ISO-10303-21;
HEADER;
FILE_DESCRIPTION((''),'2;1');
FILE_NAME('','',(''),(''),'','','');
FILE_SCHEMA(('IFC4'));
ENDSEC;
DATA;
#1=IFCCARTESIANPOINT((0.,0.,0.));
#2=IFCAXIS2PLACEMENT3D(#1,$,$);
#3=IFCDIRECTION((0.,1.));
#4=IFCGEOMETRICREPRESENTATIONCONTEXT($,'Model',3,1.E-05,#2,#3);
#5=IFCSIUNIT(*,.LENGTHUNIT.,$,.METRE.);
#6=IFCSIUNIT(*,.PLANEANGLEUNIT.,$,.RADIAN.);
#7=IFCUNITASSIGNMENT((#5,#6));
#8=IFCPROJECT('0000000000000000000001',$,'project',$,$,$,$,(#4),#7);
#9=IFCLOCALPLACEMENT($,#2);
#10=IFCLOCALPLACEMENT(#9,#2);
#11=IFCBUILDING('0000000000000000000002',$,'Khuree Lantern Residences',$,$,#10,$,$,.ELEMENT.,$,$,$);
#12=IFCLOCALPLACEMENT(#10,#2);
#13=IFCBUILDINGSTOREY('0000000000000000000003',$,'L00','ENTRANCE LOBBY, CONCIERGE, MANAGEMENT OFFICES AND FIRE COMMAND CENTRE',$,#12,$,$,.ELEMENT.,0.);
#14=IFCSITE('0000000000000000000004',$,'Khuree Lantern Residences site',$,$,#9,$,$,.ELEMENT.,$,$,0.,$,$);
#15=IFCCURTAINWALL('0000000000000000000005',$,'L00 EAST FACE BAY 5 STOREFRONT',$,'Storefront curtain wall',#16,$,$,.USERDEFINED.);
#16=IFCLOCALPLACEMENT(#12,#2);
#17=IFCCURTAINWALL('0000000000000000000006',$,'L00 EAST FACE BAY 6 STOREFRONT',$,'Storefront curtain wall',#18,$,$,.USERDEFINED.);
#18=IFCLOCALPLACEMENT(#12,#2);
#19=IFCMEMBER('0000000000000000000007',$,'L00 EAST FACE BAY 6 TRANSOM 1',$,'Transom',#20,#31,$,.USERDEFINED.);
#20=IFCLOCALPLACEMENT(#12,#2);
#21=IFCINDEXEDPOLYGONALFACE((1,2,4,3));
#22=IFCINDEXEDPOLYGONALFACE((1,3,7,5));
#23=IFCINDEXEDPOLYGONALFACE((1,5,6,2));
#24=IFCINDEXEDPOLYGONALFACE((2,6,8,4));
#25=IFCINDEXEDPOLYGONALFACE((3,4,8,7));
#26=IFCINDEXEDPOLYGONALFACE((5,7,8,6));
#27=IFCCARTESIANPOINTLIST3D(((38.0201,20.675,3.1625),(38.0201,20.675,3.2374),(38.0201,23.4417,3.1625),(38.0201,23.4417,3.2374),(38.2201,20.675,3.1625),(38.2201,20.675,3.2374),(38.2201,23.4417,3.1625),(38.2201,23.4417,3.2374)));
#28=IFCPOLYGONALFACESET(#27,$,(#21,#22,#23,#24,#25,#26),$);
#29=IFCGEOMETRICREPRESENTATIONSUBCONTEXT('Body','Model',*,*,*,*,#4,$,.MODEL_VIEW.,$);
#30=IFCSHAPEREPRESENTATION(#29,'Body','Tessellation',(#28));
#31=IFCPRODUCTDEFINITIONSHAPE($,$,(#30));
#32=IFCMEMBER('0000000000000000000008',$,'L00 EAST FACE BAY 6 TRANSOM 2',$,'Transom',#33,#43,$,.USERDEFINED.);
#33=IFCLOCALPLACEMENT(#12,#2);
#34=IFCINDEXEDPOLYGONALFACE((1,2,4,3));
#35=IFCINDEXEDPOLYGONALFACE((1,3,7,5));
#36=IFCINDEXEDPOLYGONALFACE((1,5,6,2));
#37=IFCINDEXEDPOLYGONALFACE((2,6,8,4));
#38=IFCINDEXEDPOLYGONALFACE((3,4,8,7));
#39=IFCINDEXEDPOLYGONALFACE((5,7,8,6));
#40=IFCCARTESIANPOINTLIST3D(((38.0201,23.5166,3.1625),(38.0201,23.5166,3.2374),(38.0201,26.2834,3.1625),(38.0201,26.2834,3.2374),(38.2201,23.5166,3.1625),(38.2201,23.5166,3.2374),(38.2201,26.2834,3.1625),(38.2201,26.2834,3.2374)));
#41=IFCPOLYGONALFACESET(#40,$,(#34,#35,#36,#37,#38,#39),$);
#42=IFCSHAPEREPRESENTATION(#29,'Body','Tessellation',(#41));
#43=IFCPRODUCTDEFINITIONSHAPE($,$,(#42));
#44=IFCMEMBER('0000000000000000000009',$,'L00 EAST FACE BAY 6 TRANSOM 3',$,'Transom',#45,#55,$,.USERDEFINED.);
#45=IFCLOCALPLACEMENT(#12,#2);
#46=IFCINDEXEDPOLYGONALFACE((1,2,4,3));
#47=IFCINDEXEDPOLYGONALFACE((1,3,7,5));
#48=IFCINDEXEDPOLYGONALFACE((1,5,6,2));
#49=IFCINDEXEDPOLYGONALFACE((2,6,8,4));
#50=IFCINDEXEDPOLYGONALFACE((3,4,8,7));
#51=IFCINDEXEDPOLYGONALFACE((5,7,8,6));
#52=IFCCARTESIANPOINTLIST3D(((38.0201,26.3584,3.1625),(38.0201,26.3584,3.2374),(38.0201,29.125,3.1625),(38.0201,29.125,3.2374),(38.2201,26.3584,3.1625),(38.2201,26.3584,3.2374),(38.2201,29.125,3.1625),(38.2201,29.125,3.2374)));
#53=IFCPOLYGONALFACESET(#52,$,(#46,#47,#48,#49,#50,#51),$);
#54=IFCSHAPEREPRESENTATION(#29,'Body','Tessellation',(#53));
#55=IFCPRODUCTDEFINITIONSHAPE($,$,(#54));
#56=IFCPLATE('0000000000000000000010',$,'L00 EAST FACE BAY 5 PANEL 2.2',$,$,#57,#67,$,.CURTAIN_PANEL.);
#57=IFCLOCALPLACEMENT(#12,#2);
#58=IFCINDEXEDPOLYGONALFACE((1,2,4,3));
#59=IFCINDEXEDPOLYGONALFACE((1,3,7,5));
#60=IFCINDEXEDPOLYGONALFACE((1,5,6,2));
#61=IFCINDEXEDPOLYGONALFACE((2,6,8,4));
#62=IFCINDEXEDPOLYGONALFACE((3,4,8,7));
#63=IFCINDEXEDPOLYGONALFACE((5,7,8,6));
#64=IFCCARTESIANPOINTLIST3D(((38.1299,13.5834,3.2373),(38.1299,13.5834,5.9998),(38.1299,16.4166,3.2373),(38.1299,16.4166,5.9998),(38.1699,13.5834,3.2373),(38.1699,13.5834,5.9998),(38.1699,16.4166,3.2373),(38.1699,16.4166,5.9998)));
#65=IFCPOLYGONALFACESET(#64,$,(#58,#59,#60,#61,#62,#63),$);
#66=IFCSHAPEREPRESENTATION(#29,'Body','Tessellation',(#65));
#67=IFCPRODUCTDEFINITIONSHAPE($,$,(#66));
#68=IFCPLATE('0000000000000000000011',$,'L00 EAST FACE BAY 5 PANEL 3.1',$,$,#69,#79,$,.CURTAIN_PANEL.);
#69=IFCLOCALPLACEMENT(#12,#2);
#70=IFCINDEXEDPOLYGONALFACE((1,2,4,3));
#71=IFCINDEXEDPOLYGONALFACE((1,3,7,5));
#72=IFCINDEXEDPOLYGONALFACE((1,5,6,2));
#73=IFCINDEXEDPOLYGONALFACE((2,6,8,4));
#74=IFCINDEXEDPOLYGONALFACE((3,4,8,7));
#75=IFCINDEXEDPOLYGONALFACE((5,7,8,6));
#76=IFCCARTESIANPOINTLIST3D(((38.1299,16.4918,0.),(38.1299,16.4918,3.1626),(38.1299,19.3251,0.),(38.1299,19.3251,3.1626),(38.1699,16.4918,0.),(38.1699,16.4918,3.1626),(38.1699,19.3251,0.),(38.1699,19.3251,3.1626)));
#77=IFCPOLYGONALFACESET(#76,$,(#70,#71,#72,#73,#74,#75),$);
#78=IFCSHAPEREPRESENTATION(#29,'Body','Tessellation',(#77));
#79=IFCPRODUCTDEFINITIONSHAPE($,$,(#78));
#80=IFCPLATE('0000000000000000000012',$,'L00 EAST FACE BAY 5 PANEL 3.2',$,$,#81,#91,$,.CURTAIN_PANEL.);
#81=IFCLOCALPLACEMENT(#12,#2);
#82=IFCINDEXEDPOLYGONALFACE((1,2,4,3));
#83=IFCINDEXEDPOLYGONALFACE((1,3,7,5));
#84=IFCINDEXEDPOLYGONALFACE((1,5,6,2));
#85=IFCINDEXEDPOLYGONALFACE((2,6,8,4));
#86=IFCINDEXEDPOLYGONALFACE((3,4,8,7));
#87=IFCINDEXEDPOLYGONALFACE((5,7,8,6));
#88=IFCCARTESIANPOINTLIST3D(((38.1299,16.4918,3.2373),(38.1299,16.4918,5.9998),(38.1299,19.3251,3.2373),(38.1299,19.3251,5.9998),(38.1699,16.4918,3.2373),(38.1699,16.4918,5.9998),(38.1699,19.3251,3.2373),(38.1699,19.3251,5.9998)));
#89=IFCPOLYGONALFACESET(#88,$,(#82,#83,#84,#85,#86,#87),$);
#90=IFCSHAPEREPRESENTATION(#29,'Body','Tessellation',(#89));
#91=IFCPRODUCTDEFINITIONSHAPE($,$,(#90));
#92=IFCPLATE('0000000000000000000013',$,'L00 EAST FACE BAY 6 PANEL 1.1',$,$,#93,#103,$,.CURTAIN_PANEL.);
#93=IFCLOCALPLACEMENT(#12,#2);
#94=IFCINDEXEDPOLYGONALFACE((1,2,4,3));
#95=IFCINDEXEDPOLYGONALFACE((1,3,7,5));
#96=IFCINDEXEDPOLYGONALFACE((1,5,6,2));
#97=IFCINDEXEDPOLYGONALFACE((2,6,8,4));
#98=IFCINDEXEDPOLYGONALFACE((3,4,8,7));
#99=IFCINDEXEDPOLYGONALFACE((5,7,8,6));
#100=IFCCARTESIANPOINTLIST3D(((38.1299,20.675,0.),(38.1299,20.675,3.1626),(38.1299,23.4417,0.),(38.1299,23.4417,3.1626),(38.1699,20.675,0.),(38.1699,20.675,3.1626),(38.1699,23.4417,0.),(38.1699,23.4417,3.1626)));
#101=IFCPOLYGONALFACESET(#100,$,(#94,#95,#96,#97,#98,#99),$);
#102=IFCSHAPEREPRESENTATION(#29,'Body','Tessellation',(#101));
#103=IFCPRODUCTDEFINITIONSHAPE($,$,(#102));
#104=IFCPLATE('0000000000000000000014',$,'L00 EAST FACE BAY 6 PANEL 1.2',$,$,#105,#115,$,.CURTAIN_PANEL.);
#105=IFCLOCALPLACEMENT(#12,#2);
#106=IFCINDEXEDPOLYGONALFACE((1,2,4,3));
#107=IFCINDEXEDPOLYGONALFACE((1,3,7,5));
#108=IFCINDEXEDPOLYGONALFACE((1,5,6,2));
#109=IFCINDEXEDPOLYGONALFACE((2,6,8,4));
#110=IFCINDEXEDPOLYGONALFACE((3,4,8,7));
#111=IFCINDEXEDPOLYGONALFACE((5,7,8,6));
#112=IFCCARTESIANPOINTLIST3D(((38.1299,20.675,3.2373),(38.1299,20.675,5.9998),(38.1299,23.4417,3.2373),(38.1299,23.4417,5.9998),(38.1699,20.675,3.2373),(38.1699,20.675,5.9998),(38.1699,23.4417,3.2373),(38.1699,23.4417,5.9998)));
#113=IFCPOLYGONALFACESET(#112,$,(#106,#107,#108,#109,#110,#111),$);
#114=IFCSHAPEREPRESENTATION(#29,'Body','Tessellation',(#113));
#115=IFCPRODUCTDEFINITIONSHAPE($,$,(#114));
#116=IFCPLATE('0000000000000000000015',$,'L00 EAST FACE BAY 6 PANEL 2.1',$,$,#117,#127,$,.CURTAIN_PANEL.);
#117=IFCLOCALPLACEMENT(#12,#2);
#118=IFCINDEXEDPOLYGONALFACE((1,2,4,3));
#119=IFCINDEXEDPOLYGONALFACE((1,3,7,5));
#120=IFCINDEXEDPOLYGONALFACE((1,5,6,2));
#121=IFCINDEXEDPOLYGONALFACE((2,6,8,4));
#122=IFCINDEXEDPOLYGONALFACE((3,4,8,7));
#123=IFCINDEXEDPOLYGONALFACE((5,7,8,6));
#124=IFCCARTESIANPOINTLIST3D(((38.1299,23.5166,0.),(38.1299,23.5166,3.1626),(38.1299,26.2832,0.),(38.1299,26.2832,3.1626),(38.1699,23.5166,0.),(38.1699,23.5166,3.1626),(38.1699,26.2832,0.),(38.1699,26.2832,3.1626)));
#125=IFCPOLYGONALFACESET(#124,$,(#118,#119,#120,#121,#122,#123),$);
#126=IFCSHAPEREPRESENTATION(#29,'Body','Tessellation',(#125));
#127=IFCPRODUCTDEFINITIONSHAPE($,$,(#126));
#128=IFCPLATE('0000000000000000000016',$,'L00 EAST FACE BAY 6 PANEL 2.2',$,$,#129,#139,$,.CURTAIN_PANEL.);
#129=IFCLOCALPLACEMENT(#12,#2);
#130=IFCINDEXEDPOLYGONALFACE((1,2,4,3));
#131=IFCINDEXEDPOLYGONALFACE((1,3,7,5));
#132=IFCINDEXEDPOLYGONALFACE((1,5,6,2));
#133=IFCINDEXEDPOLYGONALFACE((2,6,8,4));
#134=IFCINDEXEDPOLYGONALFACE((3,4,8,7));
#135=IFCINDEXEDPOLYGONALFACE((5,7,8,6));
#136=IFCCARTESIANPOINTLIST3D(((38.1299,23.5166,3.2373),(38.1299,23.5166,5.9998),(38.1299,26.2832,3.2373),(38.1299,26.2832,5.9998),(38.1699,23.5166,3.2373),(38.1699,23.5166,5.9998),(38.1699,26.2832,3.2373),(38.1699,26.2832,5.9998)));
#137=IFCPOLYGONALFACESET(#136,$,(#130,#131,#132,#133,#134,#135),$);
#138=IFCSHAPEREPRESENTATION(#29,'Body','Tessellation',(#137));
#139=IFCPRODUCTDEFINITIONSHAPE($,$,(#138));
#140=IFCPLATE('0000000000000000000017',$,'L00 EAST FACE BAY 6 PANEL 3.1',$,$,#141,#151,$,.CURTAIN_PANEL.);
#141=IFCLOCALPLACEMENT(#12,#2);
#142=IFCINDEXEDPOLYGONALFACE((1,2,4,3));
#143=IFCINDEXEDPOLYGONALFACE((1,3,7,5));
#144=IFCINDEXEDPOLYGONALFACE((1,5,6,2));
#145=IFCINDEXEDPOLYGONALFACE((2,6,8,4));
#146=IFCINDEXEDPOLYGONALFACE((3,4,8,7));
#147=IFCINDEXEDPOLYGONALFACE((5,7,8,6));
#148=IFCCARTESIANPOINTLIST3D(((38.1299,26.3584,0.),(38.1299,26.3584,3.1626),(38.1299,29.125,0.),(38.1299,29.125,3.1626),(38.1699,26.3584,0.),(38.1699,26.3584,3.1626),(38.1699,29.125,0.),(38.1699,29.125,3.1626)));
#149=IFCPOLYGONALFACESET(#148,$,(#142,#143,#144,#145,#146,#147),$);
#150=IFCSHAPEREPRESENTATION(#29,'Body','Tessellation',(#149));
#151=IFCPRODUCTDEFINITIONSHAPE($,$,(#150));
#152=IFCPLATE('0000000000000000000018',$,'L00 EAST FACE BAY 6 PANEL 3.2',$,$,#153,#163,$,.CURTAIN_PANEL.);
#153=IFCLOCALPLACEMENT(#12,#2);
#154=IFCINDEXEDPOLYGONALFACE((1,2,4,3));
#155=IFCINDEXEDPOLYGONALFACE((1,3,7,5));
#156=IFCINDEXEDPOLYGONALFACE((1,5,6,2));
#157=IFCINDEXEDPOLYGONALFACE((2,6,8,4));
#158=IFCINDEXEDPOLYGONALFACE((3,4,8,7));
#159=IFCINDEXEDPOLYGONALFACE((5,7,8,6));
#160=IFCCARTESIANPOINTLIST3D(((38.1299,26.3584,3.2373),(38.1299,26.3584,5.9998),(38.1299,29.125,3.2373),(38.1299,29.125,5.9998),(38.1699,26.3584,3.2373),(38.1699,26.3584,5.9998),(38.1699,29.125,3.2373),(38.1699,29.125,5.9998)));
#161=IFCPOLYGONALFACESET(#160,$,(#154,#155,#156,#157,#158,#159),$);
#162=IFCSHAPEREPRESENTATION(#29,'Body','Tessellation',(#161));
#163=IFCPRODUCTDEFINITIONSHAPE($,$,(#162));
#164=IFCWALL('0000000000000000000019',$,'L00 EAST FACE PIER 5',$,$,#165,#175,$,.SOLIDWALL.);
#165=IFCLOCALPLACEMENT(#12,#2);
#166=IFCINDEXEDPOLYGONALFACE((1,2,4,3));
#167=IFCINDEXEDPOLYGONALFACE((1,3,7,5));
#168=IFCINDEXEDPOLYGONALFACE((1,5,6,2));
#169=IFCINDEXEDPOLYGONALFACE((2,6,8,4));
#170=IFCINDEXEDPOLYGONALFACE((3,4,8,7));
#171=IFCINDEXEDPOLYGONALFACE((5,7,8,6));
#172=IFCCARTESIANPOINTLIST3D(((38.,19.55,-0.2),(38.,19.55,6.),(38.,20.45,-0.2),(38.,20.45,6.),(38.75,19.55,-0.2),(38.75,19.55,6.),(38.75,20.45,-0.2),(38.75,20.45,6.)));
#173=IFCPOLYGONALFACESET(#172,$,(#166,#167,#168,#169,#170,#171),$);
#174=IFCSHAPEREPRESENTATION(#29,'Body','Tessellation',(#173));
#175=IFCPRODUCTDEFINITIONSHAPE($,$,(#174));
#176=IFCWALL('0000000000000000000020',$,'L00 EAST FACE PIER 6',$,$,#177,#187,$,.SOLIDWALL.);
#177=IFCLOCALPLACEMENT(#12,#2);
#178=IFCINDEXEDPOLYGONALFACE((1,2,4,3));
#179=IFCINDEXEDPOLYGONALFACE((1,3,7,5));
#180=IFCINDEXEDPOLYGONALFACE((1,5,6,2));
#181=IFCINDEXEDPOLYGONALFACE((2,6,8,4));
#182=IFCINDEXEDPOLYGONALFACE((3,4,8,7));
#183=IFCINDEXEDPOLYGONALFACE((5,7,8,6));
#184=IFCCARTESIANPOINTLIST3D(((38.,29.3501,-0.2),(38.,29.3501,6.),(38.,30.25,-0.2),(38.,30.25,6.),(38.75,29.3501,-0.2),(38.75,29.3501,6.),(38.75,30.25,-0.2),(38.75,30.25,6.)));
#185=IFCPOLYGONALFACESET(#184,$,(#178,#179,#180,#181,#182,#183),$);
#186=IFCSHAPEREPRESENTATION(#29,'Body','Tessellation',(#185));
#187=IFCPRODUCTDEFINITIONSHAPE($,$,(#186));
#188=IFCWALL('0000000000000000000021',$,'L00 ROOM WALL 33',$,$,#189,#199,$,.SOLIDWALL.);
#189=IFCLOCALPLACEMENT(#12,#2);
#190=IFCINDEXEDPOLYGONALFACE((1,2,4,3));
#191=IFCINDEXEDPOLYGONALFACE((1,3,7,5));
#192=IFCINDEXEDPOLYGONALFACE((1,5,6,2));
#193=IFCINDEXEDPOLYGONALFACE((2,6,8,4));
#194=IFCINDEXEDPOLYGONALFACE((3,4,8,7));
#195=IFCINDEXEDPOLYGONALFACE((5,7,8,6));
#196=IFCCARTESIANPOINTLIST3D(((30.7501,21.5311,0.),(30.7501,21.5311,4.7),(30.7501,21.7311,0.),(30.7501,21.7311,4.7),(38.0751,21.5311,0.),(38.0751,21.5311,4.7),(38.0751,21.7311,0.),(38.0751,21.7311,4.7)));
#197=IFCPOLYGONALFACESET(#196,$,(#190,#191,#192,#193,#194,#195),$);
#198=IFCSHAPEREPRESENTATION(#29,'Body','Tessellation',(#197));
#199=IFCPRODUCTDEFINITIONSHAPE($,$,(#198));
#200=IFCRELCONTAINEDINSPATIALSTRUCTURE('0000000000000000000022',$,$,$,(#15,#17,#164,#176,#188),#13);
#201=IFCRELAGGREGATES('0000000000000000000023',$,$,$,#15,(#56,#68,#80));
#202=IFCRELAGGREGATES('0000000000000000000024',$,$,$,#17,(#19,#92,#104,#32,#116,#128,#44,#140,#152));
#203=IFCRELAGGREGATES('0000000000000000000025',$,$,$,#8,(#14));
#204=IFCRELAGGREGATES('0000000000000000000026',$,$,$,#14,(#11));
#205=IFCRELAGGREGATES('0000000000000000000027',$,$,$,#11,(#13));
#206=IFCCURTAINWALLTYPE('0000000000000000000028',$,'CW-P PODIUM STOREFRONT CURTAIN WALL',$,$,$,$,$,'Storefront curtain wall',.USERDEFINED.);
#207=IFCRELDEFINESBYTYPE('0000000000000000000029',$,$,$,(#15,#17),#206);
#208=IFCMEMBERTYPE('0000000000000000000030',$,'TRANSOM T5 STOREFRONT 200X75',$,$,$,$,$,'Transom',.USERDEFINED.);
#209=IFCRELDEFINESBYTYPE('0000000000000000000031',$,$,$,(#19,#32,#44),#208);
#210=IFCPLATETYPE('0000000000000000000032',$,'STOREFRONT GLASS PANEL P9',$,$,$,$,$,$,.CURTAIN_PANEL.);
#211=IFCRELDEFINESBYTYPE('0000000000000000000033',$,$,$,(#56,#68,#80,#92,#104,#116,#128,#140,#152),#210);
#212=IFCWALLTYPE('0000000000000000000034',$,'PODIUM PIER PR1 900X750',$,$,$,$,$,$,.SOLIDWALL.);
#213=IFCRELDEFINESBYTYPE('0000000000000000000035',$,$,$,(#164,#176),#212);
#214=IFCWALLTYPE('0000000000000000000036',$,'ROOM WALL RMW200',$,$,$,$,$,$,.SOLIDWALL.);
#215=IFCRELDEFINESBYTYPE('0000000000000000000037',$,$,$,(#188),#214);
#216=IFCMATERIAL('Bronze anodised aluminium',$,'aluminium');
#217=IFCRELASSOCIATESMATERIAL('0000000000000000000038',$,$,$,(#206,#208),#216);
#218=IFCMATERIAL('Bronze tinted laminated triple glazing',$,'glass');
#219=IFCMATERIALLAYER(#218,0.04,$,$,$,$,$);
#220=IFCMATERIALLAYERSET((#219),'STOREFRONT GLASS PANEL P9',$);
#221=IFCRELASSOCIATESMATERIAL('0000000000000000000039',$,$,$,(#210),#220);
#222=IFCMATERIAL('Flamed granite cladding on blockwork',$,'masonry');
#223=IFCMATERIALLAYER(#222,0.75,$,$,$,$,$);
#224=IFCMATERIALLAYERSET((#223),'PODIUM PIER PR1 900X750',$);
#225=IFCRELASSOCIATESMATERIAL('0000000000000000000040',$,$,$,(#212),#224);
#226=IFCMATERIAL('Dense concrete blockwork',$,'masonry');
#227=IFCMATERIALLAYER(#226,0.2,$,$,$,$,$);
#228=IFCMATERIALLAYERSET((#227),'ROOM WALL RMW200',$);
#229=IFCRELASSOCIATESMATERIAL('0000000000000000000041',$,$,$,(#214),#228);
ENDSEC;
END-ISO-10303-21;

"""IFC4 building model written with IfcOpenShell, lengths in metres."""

from ifc_helpers import new_model, si_unit, direction, frame, frame_2d, origin, origin_2d, place, context, subcontext, project, spatial, rectangle, extrude, material, layer, layer_set, material_profile, profile_set, type_object, element, aggregate, save


model = new_model("IFC4")

# Units and contexts
model_context = context("Model", 3, precision=1e-05, world=origin(), true_north=direction((0.0, 1.0)))
body_context = subcontext(model_context, "Body", "Model", "MODEL_VIEW")
ifc_project = project(units=[si_unit("LENGTHUNIT", "METRE"), si_unit("PLANEANGLEUNIT", "RADIAN")], contexts=[model_context])

# Site, building, storey
site_placement = place(None, origin())
site = spatial("IfcSite", under=ifc_project, at=site_placement, Name="Khuree Lantern Residences site", CompositionType="ELEMENT", RefElevation=0.0)
building_placement = place(site_placement, origin())
building = spatial("IfcBuilding", under=site, at=building_placement, Name="Khuree Lantern Residences", CompositionType="ELEMENT")
storey_placement = place(building_placement, origin())
storey = spatial("IfcBuildingStorey", under=building, at=storey_placement, Name="L00", Description="ENTRANCE LOBBY, CONCIERGE, MANAGEMENT OFFICES AND FIRE COMMAND CENTRE", CompositionType="ELEMENT", Elevation=0.0)

# Curtain walls
ifc_material_1 = material(Name="Bronze anodised aluminium", Category="aluminium")
curtain_wall_type = type_object("IfcCurtainWallType", Name="CW-P PODIUM STOREFRONT CURTAIN WALL", ElementType="Storefront curtain wall", PredefinedType="USERDEFINED", material=ifc_material_1)
curtain_wall_1_placement = place(storey_placement, origin())
curtain_wall_1 = element("IfcCurtainWall", 1, at=curtain_wall_1_placement, inside=storey, type_object=curtain_wall_type, Name="L00 EAST FACE BAY 5 STOREFRONT", ObjectType="Storefront curtain wall", PredefinedType="USERDEFINED")
curtain_wall_2_placement = place(storey_placement, origin())
curtain_wall_2 = element("IfcCurtainWall", 2, at=curtain_wall_2_placement, inside=storey, type_object=curtain_wall_type, Name="L00 EAST FACE BAY 6 STOREFRONT", ObjectType="Storefront curtain wall", PredefinedType="USERDEFINED")

# Members
ifc_material_profile_1 = material_profile(ifc_material_1, rectangle(XDim=0.2, YDim=0.075, at=origin_2d()), Name="T5 200X75")
ifc_profile_set_1 = profile_set([ifc_material_profile_1], Name="Bronze anodised aluminium")
member_type_1 = type_object("IfcMemberType", Name="TRANSOM T5 STOREFRONT 200X75", ElementType="Transom", PredefinedType="USERDEFINED", material=ifc_profile_set_1)
member_1_placement = place(storey_placement, frame((38.1201, 20.675, 3.2), z_axis=(0.0, 1.0, 0.0), x_axis=(-1.0, 0.0, 0.0)))
member_1 = element("IfcMember", 3, at=member_1_placement, type_object=member_type_1, Name="L00 EAST FACE BAY 6 TRANSOM 1", ObjectType="Transom", PredefinedType="USERDEFINED", context=body_context, shape_type="SweptSolid", body=[
    extrude(rectangle(XDim=0.2, YDim=0.075, at=origin_2d()), origin(), (0.0, 0.0, 1.0), 2.7666),
])
member_2_placement = place(storey_placement, frame((38.1201, 23.5166, 3.2), z_axis=(0.0, 1.0, 0.0), x_axis=(-1.0, 0.0, 0.0)))
member_2 = element("IfcMember", 4, at=member_2_placement, type_object=member_type_1, Name="L00 EAST FACE BAY 6 TRANSOM 2", ObjectType="Transom", PredefinedType="USERDEFINED", context=body_context, shape_type="SweptSolid", body=[
    extrude(rectangle(XDim=0.2, YDim=0.075, at=origin_2d()), origin(), (0.0, 0.0, 1.0), 2.7668),
])
member_3_placement = place(storey_placement, frame((38.1201, 26.3584, 3.2), z_axis=(0.0, 1.0, 0.0), x_axis=(-1.0, 0.0, 0.0)))
member_3 = element("IfcMember", 5, at=member_3_placement, type_object=member_type_1, Name="L00 EAST FACE BAY 6 TRANSOM 3", ObjectType="Transom", PredefinedType="USERDEFINED", context=body_context, shape_type="SweptSolid", body=[
    extrude(rectangle(XDim=0.2, YDim=0.075, at=origin_2d()), origin(), (0.0, 0.0, 1.0), 2.7666),
])

# Plates
ifc_material_2 = material(Name="Bronze tinted laminated triple glazing", Category="glass")
ifc_layer_1 = layer(ifc_material_2, 0.04)
ifc_layer_set_1 = layer_set([ifc_layer_1], Name="STOREFRONT GLASS PANEL P9")
plate_type = type_object("IfcPlateType", Name="STOREFRONT GLASS PANEL P9", PredefinedType="CURTAIN_PANEL", material=ifc_layer_set_1)
plate_1_placement = place(storey_placement, frame((38.1499, 15.0, 3.2373), z_axis=(0.0, 0.0, 1.0), x_axis=(0.0, 1.0, 0.0)))
plate_1 = element("IfcPlate", 6, at=plate_1_placement, type_object=plate_type, Name="L00 EAST FACE BAY 5 PANEL 2.2", PredefinedType="CURTAIN_PANEL", context=body_context, shape_type="SweptSolid", body=[
    extrude(rectangle(XDim=2.8333, YDim=0.04, at=origin_2d()), origin(), (0.0, 0.0, 1.0), 2.7625),
])
plate_2_placement = place(storey_placement, frame((38.1499, 17.9084, 0.0), z_axis=(0.0, 0.0, 1.0), x_axis=(0.0, 1.0, 0.0)))
plate_2 = element("IfcPlate", 7, at=plate_2_placement, type_object=plate_type, Name="L00 EAST FACE BAY 5 PANEL 3.1", PredefinedType="CURTAIN_PANEL", context=body_context, shape_type="SweptSolid", body=[
    extrude(rectangle(XDim=2.8333, YDim=0.04, at=origin_2d()), origin(), (0.0, 0.0, 1.0), 3.1626),
])
plate_3_placement = place(storey_placement, frame((38.1499, 17.9084, 3.2373), z_axis=(0.0, 0.0, 1.0), x_axis=(0.0, 1.0, 0.0)))
plate_3 = element("IfcPlate", 8, at=plate_3_placement, type_object=plate_type, Name="L00 EAST FACE BAY 5 PANEL 3.2", PredefinedType="CURTAIN_PANEL", context=body_context, shape_type="SweptSolid", body=[
    extrude(rectangle(XDim=2.8333, YDim=0.04, at=origin_2d()), origin(), (0.0, 0.0, 1.0), 2.7625),
])
aggregate(curtain_wall_1, [plate_1, plate_2, plate_3])
plate_4_placement = place(storey_placement, frame((38.1499, 22.0583, 0.0), z_axis=(0.0, 0.0, 1.0), x_axis=(0.0, 1.0, 0.0)))
plate_4 = element("IfcPlate", 9, at=plate_4_placement, type_object=plate_type, Name="L00 EAST FACE BAY 6 PANEL 1.1", PredefinedType="CURTAIN_PANEL", context=body_context, shape_type="SweptSolid", body=[
    extrude(rectangle(XDim=2.7666, YDim=0.04, at=origin_2d()), origin(), (0.0, 0.0, 1.0), 3.1626),
])
plate_5_placement = place(storey_placement, frame((38.1499, 22.0583, 3.2373), z_axis=(0.0, 0.0, 1.0), x_axis=(0.0, 1.0, 0.0)))
plate_5 = element("IfcPlate", 10, at=plate_5_placement, type_object=plate_type, Name="L00 EAST FACE BAY 6 PANEL 1.2", PredefinedType="CURTAIN_PANEL", context=body_context, shape_type="SweptSolid", body=[
    extrude(rectangle(XDim=2.7666, YDim=0.04, at=origin_2d()), origin(), (0.0, 0.0, 1.0), 2.7625),
])
plate_6_placement = place(storey_placement, frame((38.1499, 24.8999, 0.0), z_axis=(0.0, 0.0, 1.0), x_axis=(0.0, 1.0, 0.0)))
plate_6 = element("IfcPlate", 11, at=plate_6_placement, type_object=plate_type, Name="L00 EAST FACE BAY 6 PANEL 2.1", PredefinedType="CURTAIN_PANEL", context=body_context, shape_type="SweptSolid", body=[
    extrude(rectangle(XDim=2.7666, YDim=0.04, at=origin_2d()), origin(), (0.0, 0.0, 1.0), 3.1626),
])
plate_7_placement = place(storey_placement, frame((38.1499, 24.8999, 3.2373), z_axis=(0.0, 0.0, 1.0), x_axis=(0.0, 1.0, 0.0)))
plate_7 = element("IfcPlate", 12, at=plate_7_placement, type_object=plate_type, Name="L00 EAST FACE BAY 6 PANEL 2.2", PredefinedType="CURTAIN_PANEL", context=body_context, shape_type="SweptSolid", body=[
    extrude(rectangle(XDim=2.7666, YDim=0.04, at=origin_2d()), origin(), (0.0, 0.0, 1.0), 2.7625),
])
plate_8_placement = place(storey_placement, frame((38.1499, 27.7417, 0.0), z_axis=(0.0, 0.0, 1.0), x_axis=(0.0, 1.0, 0.0)))
plate_8 = element("IfcPlate", 13, at=plate_8_placement, type_object=plate_type, Name="L00 EAST FACE BAY 6 PANEL 3.1", PredefinedType="CURTAIN_PANEL", context=body_context, shape_type="SweptSolid", body=[
    extrude(rectangle(XDim=2.7666, YDim=0.04, at=origin_2d()), origin(), (0.0, 0.0, 1.0), 3.1626),
])
plate_9_placement = place(storey_placement, frame((38.1499, 27.7417, 3.2373), z_axis=(0.0, 0.0, 1.0), x_axis=(0.0, 1.0, 0.0)))
plate_9 = element("IfcPlate", 14, at=plate_9_placement, type_object=plate_type, Name="L00 EAST FACE BAY 6 PANEL 3.2", PredefinedType="CURTAIN_PANEL", context=body_context, shape_type="SweptSolid", body=[
    extrude(rectangle(XDim=2.7666, YDim=0.04, at=origin_2d()), origin(), (0.0, 0.0, 1.0), 2.7625),
])
aggregate(curtain_wall_2, [member_1, plate_4, plate_5, member_2, plate_6, plate_7, member_3, plate_8, plate_9])

# Walls
ifc_material_3 = material(Name="Flamed granite cladding on blockwork", Category="masonry")
ifc_layer_2 = layer(ifc_material_3, 0.75)
ifc_layer_set_2 = layer_set([ifc_layer_2], Name="PODIUM PIER PR1 900X750")
wall_type_1 = type_object("IfcWallType", Name="PODIUM PIER PR1 900X750", PredefinedType="SOLIDWALL", material=ifc_layer_set_2)
for number, where, z_axis, x_axis, name in (
    (15, (38.375, 19.55, -0.2), (0.0, 0.0, 1.0), (0.0, 1.0, 0.0), "L00 EAST FACE PIER 5"),
    (16, (38.375, 29.3501, -0.2), (0.0, 0.0, 1.0), (0.0, 1.0, 0.0), "L00 EAST FACE PIER 6"),
):
    element("IfcWall", number, at=place(storey_placement, frame(where, z_axis=z_axis, x_axis=x_axis)), inside=storey, type_object=wall_type_1, Name=name, PredefinedType="SOLIDWALL", context=body_context, shape_type="SweptSolid", body=[
        extrude(rectangle(XDim=0.8999, YDim=0.75, at=frame_2d((0.45, 0.0))), origin(), (0.0, 0.0, 1.0), 6.2),
    ])
ifc_material_4 = material(Name="Dense concrete blockwork", Category="masonry")
ifc_layer_3 = layer(ifc_material_4, 0.2)
ifc_layer_set_3 = layer_set([ifc_layer_3], Name="ROOM WALL RMW200")
wall_type_2 = type_object("IfcWallType", Name="ROOM WALL RMW200", PredefinedType="SOLIDWALL", material=ifc_layer_set_3)
wall_placement = place(storey_placement, frame((30.75, 21.6311, 0.0), z_axis=(0.0, 0.0, 1.0), x_axis=(1.0, 0.0, 0.0)))
element("IfcWall", 17, at=wall_placement, inside=storey, type_object=wall_type_2, Name="L00 ROOM WALL 33", PredefinedType="SOLIDWALL", context=body_context, shape_type="SweptSolid", body=[
    extrude(rectangle(XDim=7.325, YDim=0.2, at=frame_2d((3.6626, 0.0))), origin(), (0.0, 0.0, 1.0), 4.7),
])

save(model, "model.ifc")
